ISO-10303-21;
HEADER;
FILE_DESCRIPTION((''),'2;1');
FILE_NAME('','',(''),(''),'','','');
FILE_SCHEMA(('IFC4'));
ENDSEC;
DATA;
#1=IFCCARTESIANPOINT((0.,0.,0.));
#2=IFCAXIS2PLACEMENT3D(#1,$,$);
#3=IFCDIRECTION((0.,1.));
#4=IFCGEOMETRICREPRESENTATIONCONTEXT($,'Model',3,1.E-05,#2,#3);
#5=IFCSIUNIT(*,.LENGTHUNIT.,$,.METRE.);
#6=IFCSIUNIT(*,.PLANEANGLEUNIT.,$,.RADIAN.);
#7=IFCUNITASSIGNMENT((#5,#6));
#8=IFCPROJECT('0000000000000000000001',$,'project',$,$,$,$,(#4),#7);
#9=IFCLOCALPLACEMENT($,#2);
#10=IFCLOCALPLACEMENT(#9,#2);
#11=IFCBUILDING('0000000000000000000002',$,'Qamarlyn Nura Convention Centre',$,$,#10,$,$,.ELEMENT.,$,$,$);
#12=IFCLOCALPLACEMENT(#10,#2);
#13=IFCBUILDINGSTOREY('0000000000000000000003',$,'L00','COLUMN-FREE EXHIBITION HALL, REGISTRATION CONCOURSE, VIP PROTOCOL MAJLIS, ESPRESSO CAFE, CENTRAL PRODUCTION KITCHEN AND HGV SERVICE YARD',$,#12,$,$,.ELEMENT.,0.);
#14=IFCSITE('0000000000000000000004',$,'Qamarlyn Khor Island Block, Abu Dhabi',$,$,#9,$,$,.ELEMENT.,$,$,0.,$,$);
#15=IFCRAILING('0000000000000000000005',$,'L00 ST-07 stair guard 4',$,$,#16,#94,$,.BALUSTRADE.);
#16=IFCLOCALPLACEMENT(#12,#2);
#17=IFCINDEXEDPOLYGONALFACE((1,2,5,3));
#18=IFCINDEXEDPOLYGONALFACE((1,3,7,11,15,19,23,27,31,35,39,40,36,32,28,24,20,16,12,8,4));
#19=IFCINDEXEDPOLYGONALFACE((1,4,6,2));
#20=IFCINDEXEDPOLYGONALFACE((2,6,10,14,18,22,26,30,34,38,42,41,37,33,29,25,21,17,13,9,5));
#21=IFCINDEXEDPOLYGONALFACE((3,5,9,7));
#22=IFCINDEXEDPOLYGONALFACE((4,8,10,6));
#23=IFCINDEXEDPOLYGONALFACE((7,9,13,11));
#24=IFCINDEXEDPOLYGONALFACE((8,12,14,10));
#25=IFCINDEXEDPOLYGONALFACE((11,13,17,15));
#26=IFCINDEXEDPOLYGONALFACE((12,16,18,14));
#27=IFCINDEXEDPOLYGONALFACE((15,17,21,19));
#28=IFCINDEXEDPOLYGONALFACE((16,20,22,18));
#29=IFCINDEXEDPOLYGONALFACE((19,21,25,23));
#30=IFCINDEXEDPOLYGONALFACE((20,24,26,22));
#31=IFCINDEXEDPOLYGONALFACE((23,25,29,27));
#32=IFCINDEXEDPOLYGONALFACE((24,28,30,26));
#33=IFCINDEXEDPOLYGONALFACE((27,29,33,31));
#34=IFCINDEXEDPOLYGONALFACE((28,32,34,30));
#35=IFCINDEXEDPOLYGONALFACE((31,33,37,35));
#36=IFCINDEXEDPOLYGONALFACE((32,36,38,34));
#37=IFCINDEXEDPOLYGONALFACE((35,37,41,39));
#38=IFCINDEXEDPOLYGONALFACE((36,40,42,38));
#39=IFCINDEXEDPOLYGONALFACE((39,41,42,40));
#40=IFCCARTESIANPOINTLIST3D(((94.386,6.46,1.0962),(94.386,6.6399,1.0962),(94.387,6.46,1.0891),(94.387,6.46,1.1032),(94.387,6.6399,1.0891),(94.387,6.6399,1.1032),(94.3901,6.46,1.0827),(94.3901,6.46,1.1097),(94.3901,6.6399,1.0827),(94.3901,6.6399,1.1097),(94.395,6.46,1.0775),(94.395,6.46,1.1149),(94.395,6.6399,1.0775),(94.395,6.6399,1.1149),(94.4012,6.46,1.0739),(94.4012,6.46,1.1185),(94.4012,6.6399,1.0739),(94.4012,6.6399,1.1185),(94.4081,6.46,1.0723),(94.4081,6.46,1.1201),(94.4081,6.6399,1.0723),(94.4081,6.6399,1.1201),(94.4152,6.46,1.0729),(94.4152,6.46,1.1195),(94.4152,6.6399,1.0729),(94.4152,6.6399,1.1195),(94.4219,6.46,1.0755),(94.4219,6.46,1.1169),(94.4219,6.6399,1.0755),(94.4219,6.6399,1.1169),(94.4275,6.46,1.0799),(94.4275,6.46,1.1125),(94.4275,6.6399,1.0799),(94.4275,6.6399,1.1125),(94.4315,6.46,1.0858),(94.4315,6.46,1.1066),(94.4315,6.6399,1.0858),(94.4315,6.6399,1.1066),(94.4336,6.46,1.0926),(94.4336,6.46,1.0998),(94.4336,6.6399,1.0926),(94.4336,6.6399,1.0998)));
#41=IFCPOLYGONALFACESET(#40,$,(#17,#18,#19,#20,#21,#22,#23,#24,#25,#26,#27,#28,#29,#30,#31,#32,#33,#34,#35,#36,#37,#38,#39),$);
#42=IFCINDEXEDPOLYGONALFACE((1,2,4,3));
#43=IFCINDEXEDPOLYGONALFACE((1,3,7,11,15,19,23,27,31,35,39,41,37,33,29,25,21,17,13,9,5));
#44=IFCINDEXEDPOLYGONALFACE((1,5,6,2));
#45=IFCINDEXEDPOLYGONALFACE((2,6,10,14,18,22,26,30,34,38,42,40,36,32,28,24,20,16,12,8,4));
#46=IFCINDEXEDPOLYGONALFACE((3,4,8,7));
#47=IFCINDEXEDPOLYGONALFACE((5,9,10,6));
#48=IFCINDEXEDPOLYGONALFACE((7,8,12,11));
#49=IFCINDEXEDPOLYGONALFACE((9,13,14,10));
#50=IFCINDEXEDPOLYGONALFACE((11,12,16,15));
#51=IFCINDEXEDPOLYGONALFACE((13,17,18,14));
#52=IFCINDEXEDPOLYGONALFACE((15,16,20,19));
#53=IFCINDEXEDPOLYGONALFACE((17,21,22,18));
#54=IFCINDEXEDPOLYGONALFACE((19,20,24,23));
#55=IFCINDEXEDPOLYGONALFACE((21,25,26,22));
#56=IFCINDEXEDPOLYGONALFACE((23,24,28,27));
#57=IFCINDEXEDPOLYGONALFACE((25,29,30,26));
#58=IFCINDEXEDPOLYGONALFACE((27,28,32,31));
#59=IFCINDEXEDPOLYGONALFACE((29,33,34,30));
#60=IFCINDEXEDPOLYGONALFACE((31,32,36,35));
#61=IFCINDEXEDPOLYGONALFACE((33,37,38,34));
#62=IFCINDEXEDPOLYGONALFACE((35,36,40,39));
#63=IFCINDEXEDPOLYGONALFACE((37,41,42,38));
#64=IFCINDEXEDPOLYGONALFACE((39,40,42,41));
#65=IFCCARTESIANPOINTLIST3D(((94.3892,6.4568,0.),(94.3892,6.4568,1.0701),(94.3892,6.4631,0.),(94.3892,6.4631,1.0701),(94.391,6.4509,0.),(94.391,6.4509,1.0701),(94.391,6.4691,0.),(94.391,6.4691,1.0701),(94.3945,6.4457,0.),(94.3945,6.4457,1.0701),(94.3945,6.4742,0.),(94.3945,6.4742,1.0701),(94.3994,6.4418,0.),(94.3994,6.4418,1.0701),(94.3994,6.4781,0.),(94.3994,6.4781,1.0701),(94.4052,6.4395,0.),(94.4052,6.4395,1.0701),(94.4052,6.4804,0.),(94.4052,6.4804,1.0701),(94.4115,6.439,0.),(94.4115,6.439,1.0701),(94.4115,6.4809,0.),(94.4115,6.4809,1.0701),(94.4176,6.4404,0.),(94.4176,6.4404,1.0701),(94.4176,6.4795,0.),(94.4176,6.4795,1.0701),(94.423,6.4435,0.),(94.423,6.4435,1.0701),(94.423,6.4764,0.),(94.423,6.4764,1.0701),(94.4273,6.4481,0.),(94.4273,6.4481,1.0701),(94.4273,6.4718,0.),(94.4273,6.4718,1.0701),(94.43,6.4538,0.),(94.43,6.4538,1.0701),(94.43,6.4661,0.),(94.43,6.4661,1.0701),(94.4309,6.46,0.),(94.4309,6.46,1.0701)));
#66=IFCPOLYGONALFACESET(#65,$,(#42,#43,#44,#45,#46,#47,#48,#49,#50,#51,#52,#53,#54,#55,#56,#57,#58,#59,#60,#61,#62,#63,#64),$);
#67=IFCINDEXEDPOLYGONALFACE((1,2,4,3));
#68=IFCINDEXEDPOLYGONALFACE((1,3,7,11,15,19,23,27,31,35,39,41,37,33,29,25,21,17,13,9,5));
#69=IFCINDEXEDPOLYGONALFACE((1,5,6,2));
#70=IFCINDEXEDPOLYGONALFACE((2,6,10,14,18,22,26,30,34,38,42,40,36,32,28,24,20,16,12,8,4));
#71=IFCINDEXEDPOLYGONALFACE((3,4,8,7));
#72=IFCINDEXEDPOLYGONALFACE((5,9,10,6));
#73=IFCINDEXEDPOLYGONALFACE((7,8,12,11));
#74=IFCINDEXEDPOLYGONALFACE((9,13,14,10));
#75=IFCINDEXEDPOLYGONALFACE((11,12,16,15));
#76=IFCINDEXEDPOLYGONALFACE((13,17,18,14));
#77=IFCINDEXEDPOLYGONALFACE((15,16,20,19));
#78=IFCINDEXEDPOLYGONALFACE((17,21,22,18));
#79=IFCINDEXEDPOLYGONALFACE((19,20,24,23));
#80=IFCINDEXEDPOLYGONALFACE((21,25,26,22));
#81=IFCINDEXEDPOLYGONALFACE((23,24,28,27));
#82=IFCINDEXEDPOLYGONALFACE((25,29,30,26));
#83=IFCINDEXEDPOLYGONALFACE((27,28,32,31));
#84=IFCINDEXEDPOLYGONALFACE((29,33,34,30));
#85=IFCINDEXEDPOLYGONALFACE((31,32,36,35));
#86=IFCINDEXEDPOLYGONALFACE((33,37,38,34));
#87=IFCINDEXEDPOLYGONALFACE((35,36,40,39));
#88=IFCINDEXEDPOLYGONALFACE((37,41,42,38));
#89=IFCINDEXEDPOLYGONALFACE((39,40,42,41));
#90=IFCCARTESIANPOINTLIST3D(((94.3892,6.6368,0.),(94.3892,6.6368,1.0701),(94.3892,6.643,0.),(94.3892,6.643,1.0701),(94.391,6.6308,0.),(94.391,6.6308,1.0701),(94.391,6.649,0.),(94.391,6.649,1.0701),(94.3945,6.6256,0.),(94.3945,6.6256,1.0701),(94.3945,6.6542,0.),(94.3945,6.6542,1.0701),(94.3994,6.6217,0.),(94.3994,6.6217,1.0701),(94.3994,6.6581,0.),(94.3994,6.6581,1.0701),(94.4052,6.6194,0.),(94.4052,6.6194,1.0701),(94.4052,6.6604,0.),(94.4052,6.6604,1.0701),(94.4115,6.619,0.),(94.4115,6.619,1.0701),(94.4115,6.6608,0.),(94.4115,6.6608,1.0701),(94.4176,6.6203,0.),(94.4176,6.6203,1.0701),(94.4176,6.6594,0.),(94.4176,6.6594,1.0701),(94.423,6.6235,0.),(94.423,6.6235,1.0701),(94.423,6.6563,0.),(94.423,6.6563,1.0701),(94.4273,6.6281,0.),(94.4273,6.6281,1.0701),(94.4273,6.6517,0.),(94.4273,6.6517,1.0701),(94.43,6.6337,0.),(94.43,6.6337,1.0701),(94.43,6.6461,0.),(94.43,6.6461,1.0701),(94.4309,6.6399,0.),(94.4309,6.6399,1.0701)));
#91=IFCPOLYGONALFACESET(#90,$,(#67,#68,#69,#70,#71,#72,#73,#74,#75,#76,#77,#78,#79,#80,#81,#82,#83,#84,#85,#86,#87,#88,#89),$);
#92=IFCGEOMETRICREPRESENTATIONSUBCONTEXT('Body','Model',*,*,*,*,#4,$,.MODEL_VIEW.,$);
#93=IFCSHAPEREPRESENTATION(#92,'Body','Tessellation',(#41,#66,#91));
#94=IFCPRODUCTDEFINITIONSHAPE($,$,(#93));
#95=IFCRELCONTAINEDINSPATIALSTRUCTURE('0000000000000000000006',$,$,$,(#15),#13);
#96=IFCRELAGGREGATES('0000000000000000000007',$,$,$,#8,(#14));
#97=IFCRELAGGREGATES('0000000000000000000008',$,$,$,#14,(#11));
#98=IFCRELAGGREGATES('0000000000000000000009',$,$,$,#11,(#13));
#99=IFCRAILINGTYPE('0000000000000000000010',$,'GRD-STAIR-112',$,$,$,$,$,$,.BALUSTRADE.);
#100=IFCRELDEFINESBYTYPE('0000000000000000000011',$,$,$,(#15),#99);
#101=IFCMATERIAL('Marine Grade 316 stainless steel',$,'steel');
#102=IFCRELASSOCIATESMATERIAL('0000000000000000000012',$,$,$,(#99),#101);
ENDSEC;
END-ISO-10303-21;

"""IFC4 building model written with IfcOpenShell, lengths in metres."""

from ifc_helpers import new_model, si_unit, direction, frame, origin, origin_2d, place, context, subcontext, project, spatial, circle, extrude, material, type_object, element, save


model = new_model("IFC4")

# Units and contexts
model_context = context("Model", 3, precision=1e-05, world=origin(), true_north=direction((0.0, 1.0)))
body_context = subcontext(model_context, "Body", "Model", "MODEL_VIEW")
ifc_project = project(units=[si_unit("LENGTHUNIT", "METRE"), si_unit("PLANEANGLEUNIT", "RADIAN")], contexts=[model_context])

# Site, building, storey
site_placement = place(None, origin())
site = spatial("IfcSite", under=ifc_project, at=site_placement, Name="Qamarlyn Khor Island Block, Abu Dhabi", CompositionType="ELEMENT", RefElevation=0.0)
building_placement = place(site_placement, origin())
building = spatial("IfcBuilding", under=site, at=building_placement, Name="Qamarlyn Nura Convention Centre", CompositionType="ELEMENT")
storey_placement = place(building_placement, origin())
storey = spatial("IfcBuildingStorey", under=building, at=storey_placement, Name="L00", Description="COLUMN-FREE EXHIBITION HALL, REGISTRATION CONCOURSE, VIP PROTOCOL MAJLIS, ESPRESSO CAFE, CENTRAL PRODUCTION KITCHEN AND HGV SERVICE YARD", CompositionType="ELEMENT", Elevation=0.0)

# Railing
ifc_material_1 = material(Name="Marine Grade 316 stainless steel", Category="steel")
railing_type_1 = type_object("IfcRailingType", Name="GRD-STAIR-112", PredefinedType="BALUSTRADE", material=ifc_material_1)
railing_1_placement = place(storey_placement, frame((94.4099, 6.46, 0.0)))
element("IfcRailing", 1, at=railing_1_placement, inside=storey, type_object=railing_type_1, Name="L00 ST-07 stair guard 4", PredefinedType="BALUSTRADE", context=body_context, shape_type="SweptSolid", body=[
    extrude(circle(Radius=0.0239, at=origin_2d()), frame((0.0, 0.0, 1.0962), z_axis=(0.0, 1.0, 0.0), x_axis=(-1.0, 0.0, 0.0)), (0.0, 0.0, 1.0), 0.1799),
    extrude(circle(Radius=0.021, at=origin_2d()), origin(), (0.0, 0.0, 1.0), 1.0701),
    extrude(circle(Radius=0.021, at=origin_2d()), frame((0.0, 0.1799, 0.0)), (0.0, 0.0, 1.0), 1.0701),
])

save(model, "model.ifc")
